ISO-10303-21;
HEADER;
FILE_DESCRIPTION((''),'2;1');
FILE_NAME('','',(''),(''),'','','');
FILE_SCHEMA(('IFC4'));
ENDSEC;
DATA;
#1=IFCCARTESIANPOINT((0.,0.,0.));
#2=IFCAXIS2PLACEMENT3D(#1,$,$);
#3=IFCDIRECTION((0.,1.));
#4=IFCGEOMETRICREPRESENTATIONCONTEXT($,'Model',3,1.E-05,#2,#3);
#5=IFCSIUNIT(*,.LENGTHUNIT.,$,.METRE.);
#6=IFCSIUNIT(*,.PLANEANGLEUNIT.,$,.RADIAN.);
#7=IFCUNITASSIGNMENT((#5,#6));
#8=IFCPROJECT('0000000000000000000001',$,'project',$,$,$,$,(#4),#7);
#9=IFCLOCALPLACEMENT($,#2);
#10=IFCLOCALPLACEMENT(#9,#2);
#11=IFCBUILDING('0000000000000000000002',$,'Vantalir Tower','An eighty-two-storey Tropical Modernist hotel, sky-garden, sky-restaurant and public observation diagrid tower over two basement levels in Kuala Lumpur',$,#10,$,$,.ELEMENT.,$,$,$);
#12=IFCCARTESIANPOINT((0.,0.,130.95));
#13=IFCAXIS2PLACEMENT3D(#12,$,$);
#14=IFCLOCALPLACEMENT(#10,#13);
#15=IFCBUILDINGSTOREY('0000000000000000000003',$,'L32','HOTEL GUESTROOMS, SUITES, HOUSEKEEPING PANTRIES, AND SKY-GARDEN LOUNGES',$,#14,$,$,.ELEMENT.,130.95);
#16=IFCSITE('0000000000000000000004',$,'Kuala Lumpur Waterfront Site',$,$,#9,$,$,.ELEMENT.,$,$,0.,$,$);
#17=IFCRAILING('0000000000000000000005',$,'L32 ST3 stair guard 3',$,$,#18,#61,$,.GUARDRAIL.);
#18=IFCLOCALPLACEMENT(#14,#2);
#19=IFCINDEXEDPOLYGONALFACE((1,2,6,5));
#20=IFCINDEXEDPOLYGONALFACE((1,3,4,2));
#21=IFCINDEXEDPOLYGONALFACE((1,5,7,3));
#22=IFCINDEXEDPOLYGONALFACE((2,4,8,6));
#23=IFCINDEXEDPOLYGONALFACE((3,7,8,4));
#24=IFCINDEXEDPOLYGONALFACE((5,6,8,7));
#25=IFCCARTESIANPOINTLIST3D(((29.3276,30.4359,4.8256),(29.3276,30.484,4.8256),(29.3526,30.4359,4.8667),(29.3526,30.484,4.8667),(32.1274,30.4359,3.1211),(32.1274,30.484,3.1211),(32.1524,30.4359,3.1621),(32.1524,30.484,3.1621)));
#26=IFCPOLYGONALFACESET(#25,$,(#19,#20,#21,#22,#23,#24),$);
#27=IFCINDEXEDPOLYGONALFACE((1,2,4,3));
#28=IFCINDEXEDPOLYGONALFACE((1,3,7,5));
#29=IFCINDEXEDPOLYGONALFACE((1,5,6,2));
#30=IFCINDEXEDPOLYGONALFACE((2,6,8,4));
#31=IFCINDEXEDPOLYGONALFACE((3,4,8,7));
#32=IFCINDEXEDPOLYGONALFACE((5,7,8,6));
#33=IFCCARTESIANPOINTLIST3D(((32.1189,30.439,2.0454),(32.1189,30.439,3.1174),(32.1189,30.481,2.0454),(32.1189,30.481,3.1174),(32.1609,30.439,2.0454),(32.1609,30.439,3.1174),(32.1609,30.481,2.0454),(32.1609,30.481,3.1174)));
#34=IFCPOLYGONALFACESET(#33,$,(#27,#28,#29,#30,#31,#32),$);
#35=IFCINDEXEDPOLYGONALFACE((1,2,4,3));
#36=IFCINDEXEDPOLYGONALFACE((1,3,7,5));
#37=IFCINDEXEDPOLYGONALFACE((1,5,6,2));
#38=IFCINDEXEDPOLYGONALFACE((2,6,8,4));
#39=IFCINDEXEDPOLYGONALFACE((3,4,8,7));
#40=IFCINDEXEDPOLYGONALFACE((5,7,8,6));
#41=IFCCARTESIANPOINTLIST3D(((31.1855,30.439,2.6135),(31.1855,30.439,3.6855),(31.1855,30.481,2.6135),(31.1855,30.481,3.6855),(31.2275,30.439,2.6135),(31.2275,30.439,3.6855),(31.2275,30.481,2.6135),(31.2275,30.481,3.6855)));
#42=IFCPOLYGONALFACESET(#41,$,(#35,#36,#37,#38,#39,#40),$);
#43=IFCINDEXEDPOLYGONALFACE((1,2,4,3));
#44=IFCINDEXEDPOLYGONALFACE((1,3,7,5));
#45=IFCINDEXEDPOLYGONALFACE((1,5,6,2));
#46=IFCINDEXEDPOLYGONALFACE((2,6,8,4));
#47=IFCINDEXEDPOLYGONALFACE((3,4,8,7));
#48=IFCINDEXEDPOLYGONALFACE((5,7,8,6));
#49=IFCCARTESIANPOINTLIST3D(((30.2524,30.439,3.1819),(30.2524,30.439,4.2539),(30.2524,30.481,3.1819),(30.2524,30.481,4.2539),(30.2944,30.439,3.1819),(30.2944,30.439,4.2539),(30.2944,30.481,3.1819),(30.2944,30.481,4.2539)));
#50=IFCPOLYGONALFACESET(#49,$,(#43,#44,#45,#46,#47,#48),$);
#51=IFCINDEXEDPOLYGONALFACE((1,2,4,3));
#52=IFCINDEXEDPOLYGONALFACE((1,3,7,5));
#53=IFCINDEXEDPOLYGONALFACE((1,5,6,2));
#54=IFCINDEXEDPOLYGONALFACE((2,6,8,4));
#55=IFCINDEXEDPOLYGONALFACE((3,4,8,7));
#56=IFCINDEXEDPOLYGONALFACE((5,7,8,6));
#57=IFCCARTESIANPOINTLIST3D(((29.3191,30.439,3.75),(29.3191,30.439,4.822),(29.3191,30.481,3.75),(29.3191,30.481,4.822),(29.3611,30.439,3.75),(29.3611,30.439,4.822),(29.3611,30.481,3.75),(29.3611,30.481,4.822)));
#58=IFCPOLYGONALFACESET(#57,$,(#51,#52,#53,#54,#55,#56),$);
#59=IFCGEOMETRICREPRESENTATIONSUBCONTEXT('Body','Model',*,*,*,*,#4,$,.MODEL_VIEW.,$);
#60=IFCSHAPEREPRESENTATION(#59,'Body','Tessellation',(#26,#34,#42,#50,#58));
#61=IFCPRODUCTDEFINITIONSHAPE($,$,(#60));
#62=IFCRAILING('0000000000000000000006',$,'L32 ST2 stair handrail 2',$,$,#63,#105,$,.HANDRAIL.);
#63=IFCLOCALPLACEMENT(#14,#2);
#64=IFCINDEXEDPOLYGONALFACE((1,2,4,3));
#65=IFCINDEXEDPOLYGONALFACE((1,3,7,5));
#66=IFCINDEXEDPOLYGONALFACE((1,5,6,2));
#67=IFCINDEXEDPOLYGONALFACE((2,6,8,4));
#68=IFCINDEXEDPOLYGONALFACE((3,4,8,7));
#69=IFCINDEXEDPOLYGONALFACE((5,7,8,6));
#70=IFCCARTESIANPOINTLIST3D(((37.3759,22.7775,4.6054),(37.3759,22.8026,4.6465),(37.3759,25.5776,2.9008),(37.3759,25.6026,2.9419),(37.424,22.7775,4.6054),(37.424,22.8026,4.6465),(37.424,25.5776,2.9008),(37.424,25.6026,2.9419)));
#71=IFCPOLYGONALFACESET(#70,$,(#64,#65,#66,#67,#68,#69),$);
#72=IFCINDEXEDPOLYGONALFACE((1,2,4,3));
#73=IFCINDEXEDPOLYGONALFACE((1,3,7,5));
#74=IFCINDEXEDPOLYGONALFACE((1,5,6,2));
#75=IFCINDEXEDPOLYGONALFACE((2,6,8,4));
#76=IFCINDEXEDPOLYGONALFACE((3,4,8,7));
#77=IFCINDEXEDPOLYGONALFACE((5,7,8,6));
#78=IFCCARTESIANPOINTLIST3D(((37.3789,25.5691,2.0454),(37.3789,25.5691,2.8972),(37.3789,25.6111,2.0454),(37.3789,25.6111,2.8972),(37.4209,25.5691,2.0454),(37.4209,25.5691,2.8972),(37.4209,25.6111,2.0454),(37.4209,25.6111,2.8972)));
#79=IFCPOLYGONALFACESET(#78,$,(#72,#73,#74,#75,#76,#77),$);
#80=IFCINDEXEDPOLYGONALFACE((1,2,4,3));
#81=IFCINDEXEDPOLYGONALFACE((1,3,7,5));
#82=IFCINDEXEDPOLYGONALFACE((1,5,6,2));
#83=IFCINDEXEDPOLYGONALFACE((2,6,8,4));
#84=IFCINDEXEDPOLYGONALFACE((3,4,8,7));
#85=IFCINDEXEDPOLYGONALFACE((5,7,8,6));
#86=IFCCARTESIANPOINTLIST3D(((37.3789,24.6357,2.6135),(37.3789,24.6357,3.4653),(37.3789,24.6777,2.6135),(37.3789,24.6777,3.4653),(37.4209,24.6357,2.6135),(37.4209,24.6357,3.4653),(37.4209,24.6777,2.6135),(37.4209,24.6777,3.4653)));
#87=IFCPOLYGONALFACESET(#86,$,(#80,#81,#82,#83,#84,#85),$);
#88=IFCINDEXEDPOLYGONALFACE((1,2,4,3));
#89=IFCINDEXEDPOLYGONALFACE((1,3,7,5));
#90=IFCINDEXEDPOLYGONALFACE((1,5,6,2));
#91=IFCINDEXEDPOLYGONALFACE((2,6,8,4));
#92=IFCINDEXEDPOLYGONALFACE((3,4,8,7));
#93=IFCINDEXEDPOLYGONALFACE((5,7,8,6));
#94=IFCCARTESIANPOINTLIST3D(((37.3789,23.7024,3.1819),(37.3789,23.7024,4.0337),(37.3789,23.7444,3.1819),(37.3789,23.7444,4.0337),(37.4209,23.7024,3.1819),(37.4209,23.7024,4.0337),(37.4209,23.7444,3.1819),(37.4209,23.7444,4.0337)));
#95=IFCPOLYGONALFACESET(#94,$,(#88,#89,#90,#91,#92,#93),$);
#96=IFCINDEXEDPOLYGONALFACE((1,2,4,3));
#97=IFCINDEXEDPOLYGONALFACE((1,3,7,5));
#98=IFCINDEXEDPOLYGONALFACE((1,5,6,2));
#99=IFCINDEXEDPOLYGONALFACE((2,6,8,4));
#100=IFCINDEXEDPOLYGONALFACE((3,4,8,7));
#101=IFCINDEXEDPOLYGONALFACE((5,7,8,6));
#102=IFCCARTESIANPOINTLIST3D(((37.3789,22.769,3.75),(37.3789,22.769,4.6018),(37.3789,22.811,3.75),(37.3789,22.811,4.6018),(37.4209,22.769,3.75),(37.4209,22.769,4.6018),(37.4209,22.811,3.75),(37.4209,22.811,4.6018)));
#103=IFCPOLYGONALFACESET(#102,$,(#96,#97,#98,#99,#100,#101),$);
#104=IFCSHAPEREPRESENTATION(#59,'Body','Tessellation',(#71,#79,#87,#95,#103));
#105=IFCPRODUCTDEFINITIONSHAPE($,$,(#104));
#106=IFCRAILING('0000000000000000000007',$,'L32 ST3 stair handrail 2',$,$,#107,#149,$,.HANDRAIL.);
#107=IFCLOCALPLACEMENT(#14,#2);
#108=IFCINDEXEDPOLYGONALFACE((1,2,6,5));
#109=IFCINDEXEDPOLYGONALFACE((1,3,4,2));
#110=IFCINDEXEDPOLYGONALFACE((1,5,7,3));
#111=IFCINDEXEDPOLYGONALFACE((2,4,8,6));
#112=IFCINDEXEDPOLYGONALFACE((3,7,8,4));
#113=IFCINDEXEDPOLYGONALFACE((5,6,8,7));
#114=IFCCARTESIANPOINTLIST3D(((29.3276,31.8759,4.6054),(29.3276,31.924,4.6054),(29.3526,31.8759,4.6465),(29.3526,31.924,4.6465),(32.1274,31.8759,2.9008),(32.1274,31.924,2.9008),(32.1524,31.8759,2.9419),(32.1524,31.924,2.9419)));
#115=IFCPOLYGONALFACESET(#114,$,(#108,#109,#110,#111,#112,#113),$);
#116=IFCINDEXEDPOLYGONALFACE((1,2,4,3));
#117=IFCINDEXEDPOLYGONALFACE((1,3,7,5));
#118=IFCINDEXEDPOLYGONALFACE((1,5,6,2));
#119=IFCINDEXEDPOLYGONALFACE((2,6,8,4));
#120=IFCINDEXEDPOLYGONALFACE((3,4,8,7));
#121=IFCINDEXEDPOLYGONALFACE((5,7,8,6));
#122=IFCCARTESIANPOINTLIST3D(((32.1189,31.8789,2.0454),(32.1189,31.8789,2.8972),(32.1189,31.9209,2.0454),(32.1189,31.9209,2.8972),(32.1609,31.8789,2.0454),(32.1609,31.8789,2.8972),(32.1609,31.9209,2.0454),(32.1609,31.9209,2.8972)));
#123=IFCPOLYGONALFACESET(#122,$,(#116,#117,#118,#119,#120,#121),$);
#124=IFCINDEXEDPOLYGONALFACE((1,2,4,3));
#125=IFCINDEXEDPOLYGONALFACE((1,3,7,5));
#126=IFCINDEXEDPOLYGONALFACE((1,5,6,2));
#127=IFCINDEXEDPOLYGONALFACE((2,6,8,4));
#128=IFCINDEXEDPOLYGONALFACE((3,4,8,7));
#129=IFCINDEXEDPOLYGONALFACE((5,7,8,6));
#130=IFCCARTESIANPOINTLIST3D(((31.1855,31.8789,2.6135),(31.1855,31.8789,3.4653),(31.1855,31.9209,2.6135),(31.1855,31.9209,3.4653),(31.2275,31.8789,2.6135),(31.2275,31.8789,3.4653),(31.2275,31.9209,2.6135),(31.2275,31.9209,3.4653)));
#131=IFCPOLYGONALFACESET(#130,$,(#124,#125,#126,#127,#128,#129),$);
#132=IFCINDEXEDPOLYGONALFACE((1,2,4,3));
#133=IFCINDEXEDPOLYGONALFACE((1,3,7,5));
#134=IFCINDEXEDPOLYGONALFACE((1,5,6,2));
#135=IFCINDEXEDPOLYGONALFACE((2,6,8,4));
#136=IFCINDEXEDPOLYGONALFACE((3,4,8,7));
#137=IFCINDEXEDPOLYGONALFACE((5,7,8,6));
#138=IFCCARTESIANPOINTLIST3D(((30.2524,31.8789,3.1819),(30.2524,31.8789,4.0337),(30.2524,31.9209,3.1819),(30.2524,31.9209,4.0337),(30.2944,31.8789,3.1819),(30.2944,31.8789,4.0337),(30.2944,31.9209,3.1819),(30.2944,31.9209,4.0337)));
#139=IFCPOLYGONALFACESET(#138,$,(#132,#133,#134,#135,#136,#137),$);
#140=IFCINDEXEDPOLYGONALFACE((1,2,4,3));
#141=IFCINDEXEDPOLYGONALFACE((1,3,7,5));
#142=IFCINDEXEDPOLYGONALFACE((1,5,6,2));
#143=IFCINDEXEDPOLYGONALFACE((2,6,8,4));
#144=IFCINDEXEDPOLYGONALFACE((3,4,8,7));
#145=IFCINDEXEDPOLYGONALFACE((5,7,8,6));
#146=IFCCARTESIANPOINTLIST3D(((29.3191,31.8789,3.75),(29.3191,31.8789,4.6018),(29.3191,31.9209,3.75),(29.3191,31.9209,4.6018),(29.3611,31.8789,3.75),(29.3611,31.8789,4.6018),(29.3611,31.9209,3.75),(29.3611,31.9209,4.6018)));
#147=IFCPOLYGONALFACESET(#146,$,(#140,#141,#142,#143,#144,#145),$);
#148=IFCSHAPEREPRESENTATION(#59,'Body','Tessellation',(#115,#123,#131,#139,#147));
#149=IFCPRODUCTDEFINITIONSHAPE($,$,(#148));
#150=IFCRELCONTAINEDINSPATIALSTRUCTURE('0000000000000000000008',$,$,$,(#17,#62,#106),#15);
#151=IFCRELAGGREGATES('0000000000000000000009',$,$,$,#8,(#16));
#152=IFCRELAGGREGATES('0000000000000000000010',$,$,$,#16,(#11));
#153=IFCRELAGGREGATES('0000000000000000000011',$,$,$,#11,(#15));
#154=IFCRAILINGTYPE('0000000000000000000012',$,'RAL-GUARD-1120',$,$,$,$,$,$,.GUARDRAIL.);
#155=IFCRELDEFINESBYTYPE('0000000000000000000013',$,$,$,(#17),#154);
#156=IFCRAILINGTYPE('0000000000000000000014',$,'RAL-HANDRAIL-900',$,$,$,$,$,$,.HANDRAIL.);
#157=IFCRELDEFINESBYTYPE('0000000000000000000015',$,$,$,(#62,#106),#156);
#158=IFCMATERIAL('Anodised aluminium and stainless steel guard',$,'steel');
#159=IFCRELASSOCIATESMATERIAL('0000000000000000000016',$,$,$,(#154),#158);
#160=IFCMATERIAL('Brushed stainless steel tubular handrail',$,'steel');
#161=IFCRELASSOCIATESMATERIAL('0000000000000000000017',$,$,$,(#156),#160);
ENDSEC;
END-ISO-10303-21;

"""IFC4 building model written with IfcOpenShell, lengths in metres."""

from ifc_helpers import new_model, si_unit, direction, frame, origin, origin_2d, place, context, subcontext, project, spatial, rectangle, extrude, material, type_object, element, save


model = new_model("IFC4")

# Units and contexts
model_context = context("Model", 3, precision=1e-05, world=origin(), true_north=direction((0.0, 1.0)))
body_context = subcontext(model_context, "Body", "Model", "MODEL_VIEW")
ifc_project = project(units=[si_unit("LENGTHUNIT", "METRE"), si_unit("PLANEANGLEUNIT", "RADIAN")], contexts=[model_context])

# Site, building, storey
site_placement = place(None, origin())
site = spatial("IfcSite", under=ifc_project, at=site_placement, Name="Kuala Lumpur Waterfront Site", CompositionType="ELEMENT", RefElevation=0.0)
building_placement = place(site_placement, origin())
building = spatial("IfcBuilding", under=site, at=building_placement, Name="Vantalir Tower", Description="An eighty-two-storey Tropical Modernist hotel, sky-garden, sky-restaurant and public observation diagrid tower over two basement levels in Kuala Lumpur", CompositionType="ELEMENT")
storey_placement = place(building_placement, frame((0.0, 0.0, 130.95)))
storey = spatial("IfcBuildingStorey", under=building, at=storey_placement, Name="L32", Description="HOTEL GUESTROOMS, SUITES, HOUSEKEEPING PANTRIES, AND SKY-GARDEN LOUNGES", CompositionType="ELEMENT", Elevation=130.95)

# Railings
ifc_material_1 = material(Name="Anodised aluminium and stainless steel guard", Category="steel")
railing_type_1 = type_object("IfcRailingType", Name="RAL-GUARD-1120", PredefinedType="GUARDRAIL", material=ifc_material_1)
railing_1_placement = place(storey_placement, frame((32.1399, 30.46, 2.0454)))
element("IfcRailing", 1, at=railing_1_placement, inside=storey, type_object=railing_type_1, Name="L32 ST3 stair guard 3", PredefinedType="GUARDRAIL", context=body_context, shape_type="SweptSolid", body=[
    extrude(rectangle(XDim=0.0481, YDim=0.0481, at=origin_2d()), frame((0.0, 0.0, 1.0962), z_axis=(-0.85415, 0.0, 0.520027), x_axis=(0.0, -1.0, 0.0)), (0.0, 0.0, 1.0), 3.2778),
    extrude(rectangle(XDim=0.042, YDim=0.042, at=origin_2d()), origin(), (0.0, 0.0, 1.0), 1.072),
    extrude(rectangle(XDim=0.042, YDim=0.042, at=origin_2d()), frame((-0.9333, 0.0, 0.5681)), (0.0, 0.0, 1.0), 1.072),
    extrude(rectangle(XDim=0.042, YDim=0.042, at=origin_2d()), frame((-1.8665, 0.0, 1.1365)), (0.0, 0.0, 1.0), 1.072),
    extrude(rectangle(XDim=0.042, YDim=0.042, at=origin_2d()), frame((-2.7998, 0.0, 1.7046)), (0.0, 0.0, 1.0), 1.072),
])
ifc_material_2 = material(Name="Brushed stainless steel tubular handrail", Category="steel")
railing_type_2 = type_object("IfcRailingType", Name="RAL-HANDRAIL-900", PredefinedType="HANDRAIL", material=ifc_material_2)
railing_2_placement = place(storey_placement, frame((37.3999, 25.5901, 2.0454)))
element("IfcRailing", 2, at=railing_2_placement, inside=storey, type_object=railing_type_2, Name="L32 ST2 stair handrail 2", PredefinedType="HANDRAIL", context=body_context, shape_type="SweptSolid", body=[
    extrude(rectangle(XDim=0.0481, YDim=0.0481, at=origin_2d()), frame((0.0, 0.0, 0.876), z_axis=(0.0, -0.85417, 0.519994), x_axis=(1.0, 0.0, 0.0)), (0.0, 0.0, 1.0), 3.2781),
    extrude(rectangle(XDim=0.042, YDim=0.042, at=origin_2d()), origin(), (0.0, 0.0, 1.0), 0.8518),
    extrude(rectangle(XDim=0.042, YDim=0.042, at=origin_2d()), frame((0.0, -0.9333, 0.5681)), (0.0, 0.0, 1.0), 0.8518),
    extrude(rectangle(XDim=0.042, YDim=0.042, at=origin_2d()), frame((0.0, -1.8667, 1.1365)), (0.0, 0.0, 1.0), 0.8518),
    extrude(rectangle(XDim=0.042, YDim=0.042, at=origin_2d()), frame((0.0, -2.8, 1.7046)), (0.0, 0.0, 1.0), 0.8518),
])
railing_3_placement = place(storey_placement, frame((32.1399, 31.8999, 2.0454)))
element("IfcRailing", 3, at=railing_3_placement, inside=storey, type_object=railing_type_2, Name="L32 ST3 stair handrail 2", PredefinedType="HANDRAIL", context=body_context, shape_type="SweptSolid", body=[
    extrude(rectangle(XDim=0.0481, YDim=0.0481, at=origin_2d()), frame((0.0, 0.0, 0.876), z_axis=(-0.85415, 0.0, 0.520027), x_axis=(0.0, -1.0, 0.0)), (0.0, 0.0, 1.0), 3.2778),
    extrude(rectangle(XDim=0.042, YDim=0.042, at=origin_2d()), origin(), (0.0, 0.0, 1.0), 0.8518),
    extrude(rectangle(XDim=0.042, YDim=0.042, at=origin_2d()), frame((-0.9333, 0.0, 0.5681)), (0.0, 0.0, 1.0), 0.8518),
    extrude(rectangle(XDim=0.042, YDim=0.042, at=origin_2d()), frame((-1.8665, 0.0, 1.1365)), (0.0, 0.0, 1.0), 0.8518),
    extrude(rectangle(XDim=0.042, YDim=0.042, at=origin_2d()), frame((-2.7998, 0.0, 1.7046)), (0.0, 0.0, 1.0), 0.8518),
])

save(model, "model.ifc")
